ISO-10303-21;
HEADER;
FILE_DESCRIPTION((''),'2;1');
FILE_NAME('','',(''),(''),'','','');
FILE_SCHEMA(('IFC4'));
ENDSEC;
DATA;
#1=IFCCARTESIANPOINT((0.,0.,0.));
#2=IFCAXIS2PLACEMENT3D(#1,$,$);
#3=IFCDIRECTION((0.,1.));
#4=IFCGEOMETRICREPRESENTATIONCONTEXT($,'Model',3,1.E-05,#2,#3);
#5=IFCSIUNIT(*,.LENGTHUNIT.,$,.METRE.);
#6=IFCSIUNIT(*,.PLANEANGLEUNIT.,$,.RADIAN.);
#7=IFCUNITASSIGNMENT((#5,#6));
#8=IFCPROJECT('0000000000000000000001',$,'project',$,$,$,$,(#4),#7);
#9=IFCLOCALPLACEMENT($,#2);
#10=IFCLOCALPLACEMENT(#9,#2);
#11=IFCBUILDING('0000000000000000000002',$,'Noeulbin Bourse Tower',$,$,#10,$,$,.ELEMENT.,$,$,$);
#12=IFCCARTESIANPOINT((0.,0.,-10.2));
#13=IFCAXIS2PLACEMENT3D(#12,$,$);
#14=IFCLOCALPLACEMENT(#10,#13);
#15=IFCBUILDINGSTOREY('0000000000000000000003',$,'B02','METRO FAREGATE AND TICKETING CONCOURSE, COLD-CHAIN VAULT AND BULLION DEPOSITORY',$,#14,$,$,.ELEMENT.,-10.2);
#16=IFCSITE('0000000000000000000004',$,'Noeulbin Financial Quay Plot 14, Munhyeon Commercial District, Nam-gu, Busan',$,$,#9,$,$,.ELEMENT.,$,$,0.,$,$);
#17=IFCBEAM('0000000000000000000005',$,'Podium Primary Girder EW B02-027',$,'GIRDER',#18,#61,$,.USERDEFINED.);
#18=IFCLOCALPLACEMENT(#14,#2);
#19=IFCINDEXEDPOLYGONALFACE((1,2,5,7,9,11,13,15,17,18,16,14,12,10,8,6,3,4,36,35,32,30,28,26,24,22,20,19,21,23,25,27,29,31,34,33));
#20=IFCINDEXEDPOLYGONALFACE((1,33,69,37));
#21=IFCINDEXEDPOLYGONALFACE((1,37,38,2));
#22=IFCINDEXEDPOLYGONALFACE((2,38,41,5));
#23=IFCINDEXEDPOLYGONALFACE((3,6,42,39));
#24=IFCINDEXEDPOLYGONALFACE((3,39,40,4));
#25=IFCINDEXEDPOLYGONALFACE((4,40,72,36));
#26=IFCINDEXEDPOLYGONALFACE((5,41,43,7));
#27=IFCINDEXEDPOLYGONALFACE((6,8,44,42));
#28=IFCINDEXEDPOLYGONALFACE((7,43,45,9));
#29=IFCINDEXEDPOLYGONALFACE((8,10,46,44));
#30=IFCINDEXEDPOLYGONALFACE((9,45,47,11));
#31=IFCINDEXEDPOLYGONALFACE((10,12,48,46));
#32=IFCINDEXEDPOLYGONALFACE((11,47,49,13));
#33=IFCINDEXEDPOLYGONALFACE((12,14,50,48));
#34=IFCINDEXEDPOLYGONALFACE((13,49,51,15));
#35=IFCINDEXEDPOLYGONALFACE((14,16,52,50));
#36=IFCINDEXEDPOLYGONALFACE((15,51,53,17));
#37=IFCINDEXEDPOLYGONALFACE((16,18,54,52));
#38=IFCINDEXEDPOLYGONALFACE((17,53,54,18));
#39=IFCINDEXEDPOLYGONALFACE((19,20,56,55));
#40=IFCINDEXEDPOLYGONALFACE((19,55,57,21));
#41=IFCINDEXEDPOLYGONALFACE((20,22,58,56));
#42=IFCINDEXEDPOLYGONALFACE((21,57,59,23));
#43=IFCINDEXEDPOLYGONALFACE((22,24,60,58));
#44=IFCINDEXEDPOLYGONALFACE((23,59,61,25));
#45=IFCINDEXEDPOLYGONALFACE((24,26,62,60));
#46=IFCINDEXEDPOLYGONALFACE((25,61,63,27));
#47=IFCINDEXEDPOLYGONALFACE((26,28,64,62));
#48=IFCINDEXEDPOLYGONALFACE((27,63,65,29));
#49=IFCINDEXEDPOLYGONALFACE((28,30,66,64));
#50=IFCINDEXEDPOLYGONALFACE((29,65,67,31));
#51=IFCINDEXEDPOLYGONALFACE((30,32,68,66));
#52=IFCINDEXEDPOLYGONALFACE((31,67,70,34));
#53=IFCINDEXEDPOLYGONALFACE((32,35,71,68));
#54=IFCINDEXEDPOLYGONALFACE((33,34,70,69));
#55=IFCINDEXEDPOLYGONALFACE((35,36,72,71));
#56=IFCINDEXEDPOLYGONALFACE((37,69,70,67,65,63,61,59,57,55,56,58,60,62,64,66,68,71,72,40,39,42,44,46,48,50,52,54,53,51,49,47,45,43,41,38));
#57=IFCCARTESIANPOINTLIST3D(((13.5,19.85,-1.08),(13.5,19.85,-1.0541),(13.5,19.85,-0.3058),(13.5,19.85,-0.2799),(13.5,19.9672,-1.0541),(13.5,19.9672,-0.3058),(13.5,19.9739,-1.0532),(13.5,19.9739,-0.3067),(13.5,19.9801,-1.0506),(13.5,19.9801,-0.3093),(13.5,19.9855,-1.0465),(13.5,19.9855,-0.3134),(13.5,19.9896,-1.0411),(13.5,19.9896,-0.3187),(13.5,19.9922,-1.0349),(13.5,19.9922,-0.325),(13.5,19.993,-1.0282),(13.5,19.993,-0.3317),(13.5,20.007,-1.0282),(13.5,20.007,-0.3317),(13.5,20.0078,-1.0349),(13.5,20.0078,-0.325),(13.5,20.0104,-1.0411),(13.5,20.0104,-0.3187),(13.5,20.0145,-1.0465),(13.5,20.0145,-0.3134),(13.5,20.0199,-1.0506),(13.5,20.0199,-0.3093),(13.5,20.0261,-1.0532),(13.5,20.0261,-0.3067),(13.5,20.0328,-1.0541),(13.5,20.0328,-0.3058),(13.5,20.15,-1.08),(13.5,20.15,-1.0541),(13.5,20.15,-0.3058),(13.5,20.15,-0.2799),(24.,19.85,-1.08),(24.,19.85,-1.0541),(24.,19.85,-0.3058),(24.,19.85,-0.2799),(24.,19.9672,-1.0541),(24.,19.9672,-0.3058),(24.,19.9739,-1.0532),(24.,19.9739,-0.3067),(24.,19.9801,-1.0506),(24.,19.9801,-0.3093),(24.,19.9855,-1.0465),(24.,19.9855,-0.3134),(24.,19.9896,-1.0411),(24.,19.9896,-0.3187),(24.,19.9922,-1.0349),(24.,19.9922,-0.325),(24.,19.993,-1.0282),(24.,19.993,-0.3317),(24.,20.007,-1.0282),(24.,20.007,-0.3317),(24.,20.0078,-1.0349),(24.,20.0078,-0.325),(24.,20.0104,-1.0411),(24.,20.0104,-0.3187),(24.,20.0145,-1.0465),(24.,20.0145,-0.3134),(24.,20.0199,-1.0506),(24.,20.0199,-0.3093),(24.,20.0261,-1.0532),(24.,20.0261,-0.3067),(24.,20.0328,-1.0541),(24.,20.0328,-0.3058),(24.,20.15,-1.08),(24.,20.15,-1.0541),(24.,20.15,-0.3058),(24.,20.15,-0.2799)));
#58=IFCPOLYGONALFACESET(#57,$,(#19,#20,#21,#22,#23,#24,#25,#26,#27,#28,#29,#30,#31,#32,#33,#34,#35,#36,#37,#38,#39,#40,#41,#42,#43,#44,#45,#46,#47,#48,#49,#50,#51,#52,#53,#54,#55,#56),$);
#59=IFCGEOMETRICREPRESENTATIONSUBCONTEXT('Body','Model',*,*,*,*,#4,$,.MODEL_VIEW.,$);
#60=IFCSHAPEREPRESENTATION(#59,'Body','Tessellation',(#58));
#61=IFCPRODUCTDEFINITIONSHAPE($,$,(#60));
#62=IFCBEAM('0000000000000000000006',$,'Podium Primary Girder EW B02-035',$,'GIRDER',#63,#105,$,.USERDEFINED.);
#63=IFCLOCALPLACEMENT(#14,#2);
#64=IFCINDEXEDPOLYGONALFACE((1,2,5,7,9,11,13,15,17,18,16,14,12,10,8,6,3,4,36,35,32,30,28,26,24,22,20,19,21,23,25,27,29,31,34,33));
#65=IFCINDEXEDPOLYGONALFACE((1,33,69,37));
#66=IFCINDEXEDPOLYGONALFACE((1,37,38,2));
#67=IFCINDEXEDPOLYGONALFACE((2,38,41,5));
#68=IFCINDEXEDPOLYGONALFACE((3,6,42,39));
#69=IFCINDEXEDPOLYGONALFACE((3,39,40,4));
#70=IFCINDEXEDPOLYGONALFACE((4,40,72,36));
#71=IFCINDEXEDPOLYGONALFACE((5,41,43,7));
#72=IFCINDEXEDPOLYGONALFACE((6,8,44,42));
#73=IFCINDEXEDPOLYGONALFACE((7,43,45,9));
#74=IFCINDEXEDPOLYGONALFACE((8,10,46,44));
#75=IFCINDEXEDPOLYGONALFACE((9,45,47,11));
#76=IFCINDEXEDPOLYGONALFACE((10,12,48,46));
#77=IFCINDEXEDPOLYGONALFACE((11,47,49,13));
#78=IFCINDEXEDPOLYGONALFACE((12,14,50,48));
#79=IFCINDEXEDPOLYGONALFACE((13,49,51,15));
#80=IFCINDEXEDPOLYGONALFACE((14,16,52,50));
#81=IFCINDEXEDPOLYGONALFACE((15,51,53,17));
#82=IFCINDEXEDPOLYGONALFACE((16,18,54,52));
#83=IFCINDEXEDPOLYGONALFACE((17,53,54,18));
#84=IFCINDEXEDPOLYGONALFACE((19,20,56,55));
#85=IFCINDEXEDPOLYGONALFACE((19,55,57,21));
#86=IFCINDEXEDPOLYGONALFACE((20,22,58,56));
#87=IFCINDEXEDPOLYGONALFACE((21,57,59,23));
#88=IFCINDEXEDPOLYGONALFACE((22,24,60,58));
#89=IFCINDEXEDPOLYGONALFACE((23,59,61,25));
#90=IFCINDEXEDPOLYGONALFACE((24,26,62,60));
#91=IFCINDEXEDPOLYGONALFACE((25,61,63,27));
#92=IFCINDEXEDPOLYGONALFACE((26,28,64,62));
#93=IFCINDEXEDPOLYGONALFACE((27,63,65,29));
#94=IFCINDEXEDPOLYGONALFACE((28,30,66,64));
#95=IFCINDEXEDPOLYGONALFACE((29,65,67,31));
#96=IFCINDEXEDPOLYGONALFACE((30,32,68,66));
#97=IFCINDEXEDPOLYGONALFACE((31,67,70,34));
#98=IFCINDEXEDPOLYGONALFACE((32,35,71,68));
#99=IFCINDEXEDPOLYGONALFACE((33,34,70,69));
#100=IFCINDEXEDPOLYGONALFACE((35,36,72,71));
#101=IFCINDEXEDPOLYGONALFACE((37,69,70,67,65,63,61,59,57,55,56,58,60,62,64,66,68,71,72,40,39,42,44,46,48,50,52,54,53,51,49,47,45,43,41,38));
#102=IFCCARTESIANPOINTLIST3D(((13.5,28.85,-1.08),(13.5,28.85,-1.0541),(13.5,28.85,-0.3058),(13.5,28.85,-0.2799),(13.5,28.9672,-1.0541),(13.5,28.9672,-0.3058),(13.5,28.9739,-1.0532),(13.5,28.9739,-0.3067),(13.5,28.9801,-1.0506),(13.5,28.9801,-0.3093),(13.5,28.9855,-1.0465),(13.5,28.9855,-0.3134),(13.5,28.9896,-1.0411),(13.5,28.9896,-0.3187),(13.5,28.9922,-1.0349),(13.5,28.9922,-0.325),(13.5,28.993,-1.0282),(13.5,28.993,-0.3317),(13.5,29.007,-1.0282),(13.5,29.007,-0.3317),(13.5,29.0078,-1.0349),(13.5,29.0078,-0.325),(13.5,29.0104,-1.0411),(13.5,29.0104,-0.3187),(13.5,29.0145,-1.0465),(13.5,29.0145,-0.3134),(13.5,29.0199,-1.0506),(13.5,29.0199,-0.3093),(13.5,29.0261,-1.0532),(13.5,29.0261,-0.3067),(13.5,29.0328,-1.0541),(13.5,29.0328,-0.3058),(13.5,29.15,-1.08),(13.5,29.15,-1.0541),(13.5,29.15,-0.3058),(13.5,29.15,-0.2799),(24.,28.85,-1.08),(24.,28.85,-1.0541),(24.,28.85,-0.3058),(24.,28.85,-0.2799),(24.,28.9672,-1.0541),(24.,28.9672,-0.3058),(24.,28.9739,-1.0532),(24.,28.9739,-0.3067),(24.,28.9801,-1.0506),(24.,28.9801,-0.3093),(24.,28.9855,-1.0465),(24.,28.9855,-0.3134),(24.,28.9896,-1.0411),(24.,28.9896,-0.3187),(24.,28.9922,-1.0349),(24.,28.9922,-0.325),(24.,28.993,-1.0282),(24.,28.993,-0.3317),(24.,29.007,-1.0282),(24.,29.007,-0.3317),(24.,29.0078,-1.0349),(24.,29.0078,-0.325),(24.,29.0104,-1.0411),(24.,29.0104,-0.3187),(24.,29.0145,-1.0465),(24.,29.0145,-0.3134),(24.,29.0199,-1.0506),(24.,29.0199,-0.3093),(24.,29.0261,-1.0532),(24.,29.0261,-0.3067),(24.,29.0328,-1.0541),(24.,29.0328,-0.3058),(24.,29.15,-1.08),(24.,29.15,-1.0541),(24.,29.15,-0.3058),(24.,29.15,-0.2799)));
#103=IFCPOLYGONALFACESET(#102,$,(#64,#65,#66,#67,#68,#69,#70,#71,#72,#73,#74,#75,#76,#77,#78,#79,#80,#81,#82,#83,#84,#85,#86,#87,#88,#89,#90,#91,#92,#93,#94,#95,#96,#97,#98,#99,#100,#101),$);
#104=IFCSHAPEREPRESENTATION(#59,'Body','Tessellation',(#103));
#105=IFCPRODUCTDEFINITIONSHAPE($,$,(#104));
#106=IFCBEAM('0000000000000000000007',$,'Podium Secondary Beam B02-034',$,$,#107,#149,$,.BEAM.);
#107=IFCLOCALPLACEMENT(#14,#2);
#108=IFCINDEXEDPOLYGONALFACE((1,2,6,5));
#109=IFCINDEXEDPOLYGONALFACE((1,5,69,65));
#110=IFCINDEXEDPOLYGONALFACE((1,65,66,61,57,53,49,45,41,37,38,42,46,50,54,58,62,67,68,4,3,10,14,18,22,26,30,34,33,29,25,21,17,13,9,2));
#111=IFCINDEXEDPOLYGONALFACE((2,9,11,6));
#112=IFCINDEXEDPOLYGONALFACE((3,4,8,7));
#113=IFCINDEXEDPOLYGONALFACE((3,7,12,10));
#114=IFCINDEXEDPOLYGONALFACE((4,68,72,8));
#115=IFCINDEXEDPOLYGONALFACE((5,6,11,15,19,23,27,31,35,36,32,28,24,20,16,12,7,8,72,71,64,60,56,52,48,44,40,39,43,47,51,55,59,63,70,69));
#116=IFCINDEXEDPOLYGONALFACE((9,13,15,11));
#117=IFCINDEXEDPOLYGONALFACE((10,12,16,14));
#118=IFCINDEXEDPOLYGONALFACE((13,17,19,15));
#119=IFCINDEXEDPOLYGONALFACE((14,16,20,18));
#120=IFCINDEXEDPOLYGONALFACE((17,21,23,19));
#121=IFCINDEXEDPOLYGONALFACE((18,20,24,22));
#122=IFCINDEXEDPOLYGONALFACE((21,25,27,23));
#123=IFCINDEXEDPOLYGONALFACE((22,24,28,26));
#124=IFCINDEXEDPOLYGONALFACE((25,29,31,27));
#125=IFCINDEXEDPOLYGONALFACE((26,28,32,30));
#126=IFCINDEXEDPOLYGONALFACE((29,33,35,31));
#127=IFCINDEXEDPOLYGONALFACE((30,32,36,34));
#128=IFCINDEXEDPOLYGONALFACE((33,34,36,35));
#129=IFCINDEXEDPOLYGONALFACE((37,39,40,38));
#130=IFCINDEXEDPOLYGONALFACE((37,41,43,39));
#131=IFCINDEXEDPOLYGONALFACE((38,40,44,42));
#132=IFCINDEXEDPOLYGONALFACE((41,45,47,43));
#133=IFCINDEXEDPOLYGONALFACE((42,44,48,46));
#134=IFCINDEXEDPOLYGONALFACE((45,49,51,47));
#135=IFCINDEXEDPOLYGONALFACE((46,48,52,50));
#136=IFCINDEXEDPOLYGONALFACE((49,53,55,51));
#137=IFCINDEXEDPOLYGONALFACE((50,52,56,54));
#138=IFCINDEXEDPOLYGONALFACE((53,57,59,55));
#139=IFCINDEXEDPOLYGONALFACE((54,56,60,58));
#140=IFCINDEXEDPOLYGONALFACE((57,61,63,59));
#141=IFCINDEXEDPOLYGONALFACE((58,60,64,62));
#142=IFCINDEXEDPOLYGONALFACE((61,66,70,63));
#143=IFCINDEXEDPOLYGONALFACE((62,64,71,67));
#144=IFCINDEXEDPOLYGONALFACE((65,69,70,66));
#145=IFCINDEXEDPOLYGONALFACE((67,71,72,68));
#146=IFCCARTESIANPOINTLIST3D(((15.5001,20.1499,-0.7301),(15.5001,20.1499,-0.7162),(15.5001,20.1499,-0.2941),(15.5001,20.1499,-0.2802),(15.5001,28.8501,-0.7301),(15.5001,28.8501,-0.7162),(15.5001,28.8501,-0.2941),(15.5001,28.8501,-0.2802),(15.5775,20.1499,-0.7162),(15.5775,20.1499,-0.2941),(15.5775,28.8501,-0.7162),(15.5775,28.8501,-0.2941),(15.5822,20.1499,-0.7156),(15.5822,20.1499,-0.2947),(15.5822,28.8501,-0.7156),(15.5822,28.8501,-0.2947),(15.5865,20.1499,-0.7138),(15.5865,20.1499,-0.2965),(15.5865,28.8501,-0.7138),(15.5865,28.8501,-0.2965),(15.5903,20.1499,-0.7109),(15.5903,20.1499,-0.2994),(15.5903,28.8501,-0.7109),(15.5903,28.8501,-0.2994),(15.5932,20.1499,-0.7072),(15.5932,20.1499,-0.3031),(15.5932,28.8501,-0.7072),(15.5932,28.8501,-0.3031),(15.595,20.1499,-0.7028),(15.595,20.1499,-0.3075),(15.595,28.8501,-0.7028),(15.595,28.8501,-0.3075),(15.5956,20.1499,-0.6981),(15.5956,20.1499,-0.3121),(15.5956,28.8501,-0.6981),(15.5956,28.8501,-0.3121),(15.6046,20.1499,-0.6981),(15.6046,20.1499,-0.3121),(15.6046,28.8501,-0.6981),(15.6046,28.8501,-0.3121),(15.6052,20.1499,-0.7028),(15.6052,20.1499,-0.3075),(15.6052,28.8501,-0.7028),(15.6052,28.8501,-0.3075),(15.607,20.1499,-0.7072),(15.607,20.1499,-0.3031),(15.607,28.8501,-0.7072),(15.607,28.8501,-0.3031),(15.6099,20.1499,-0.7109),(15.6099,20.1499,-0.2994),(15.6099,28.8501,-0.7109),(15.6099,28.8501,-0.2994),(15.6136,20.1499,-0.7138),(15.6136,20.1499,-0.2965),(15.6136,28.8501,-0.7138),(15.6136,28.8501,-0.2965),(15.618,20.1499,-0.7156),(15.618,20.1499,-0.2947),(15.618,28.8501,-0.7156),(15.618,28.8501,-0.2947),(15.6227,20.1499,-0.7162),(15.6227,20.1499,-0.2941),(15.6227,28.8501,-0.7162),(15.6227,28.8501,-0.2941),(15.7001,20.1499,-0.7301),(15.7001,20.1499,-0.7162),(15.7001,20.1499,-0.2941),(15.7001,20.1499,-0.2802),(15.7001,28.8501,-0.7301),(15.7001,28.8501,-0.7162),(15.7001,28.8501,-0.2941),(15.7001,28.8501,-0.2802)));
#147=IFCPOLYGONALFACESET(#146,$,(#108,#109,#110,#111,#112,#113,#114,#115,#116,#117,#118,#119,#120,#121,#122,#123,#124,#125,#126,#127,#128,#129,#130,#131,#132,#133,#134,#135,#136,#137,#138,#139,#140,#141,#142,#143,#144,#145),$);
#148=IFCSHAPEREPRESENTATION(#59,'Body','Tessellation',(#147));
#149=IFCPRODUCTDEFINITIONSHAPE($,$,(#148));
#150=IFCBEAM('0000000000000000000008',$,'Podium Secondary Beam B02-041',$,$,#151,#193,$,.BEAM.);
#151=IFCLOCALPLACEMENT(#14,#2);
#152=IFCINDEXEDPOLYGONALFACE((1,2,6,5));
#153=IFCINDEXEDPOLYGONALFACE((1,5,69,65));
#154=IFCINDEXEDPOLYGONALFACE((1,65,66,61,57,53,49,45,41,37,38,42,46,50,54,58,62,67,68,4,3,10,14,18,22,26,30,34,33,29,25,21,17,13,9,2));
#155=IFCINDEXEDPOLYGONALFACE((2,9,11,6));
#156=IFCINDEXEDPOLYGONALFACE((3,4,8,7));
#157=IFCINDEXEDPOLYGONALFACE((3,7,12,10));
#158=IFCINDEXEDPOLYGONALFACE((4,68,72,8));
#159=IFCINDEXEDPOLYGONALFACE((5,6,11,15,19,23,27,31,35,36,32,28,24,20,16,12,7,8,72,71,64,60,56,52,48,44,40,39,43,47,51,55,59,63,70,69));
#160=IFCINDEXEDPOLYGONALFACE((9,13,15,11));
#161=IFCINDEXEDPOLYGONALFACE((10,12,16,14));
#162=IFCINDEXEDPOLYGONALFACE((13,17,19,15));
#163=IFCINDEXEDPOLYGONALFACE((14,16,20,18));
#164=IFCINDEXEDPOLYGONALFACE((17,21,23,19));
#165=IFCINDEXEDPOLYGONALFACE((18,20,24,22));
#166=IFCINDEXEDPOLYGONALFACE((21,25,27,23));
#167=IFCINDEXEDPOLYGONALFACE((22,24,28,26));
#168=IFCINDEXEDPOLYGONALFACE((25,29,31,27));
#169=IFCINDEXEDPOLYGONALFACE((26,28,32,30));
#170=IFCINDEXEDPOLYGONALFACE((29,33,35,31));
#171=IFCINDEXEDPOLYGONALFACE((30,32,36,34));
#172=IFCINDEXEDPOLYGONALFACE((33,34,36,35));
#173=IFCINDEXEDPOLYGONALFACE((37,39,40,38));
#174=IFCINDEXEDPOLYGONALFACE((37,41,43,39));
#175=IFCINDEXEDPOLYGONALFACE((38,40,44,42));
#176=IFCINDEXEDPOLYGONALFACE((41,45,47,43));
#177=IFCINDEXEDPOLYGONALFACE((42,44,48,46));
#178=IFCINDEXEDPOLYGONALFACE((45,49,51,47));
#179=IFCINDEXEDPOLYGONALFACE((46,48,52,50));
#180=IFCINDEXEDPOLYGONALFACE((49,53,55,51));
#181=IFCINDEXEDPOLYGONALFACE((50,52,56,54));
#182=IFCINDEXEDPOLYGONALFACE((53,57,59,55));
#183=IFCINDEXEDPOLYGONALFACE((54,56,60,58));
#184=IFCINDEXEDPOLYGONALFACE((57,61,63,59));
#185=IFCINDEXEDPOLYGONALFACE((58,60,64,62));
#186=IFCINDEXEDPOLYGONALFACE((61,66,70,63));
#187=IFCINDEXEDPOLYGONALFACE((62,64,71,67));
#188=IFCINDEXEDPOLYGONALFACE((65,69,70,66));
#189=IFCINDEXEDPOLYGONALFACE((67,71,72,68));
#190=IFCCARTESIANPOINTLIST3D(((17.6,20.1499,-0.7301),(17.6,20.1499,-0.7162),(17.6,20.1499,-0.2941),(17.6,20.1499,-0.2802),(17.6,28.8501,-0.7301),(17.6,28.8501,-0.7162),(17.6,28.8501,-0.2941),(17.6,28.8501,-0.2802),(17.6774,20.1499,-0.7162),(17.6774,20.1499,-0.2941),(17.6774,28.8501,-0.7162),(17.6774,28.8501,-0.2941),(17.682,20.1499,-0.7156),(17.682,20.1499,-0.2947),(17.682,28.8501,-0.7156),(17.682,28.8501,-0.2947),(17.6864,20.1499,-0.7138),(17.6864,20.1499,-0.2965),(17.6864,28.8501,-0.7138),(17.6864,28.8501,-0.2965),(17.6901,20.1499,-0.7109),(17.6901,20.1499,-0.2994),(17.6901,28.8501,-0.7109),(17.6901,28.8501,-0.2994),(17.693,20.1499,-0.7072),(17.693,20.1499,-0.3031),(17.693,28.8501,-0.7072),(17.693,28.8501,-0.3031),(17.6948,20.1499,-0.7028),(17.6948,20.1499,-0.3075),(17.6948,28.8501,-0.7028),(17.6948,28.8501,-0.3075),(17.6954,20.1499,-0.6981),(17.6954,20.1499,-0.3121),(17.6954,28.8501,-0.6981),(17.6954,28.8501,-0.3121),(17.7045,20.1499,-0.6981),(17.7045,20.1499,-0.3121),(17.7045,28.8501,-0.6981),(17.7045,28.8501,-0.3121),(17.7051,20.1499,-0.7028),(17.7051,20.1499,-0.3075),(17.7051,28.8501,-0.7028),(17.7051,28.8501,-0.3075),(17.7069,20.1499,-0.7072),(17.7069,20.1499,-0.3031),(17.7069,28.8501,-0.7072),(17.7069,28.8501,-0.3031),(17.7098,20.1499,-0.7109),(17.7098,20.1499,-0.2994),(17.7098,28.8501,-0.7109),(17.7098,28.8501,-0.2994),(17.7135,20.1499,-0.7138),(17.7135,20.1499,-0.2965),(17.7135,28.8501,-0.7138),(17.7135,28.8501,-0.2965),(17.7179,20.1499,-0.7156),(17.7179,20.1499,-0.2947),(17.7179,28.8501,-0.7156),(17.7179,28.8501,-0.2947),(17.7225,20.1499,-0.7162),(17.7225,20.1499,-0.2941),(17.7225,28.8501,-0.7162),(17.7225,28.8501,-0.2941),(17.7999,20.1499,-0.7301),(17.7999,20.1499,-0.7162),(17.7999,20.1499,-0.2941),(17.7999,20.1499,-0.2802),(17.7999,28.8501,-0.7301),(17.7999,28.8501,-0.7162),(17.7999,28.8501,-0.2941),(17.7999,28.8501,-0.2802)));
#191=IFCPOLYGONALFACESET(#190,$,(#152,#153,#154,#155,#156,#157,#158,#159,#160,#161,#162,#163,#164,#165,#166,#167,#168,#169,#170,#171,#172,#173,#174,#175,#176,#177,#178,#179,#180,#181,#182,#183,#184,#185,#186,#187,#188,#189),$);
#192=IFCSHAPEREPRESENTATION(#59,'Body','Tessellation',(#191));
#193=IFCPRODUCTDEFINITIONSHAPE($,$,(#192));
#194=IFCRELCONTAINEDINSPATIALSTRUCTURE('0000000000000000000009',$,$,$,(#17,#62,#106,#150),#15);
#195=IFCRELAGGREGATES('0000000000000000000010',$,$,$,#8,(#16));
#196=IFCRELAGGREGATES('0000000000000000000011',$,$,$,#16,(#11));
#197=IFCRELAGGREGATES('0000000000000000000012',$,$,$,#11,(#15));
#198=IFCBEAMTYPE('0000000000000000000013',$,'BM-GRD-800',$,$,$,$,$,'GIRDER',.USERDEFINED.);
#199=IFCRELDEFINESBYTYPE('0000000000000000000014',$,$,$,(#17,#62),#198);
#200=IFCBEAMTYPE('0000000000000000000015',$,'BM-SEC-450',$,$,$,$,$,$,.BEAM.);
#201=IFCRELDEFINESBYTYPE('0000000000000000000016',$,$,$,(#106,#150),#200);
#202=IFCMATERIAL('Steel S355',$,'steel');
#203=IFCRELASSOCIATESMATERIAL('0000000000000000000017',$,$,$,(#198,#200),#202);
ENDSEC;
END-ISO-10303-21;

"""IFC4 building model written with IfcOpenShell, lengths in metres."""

from ifc_helpers import new_model, si_unit, direction, frame, origin, origin_2d, place, context, subcontext, project, spatial, i_section, extrude, material, material_profile, profile_set, type_object, element, save


model = new_model("IFC4")

# Units and contexts
model_context = context("Model", 3, precision=1e-05, world=origin(), true_north=direction((0.0, 1.0)))
body_context = subcontext(model_context, "Body", "Model", "MODEL_VIEW")
ifc_project = project(units=[si_unit("LENGTHUNIT", "METRE"), si_unit("PLANEANGLEUNIT", "RADIAN")], contexts=[model_context])

# Site, building, storey
site_placement = place(None, origin())
site = spatial("IfcSite", under=ifc_project, at=site_placement, Name="Noeulbin Financial Quay Plot 14, Munhyeon Commercial District, Nam-gu, Busan", CompositionType="ELEMENT", RefElevation=0.0)
building_placement = place(site_placement, origin())
building = spatial("IfcBuilding", under=site, at=building_placement, Name="Noeulbin Bourse Tower", CompositionType="ELEMENT")
storey_placement = place(building_placement, frame((0.0, 0.0, -10.2)))
storey = spatial("IfcBuildingStorey", under=building, at=storey_placement, Name="B02", Description="METRO FAREGATE AND TICKETING CONCOURSE, COLD-CHAIN VAULT AND BULLION DEPOSITORY", CompositionType="ELEMENT", Elevation=-10.2)

# Beams
ifc_material_1 = material(Name="Steel S355", Category="steel")
ifc_material_profile_1 = material_profile(ifc_material_1, i_section(OverallWidth=0.3, OverallDepth=0.8, WebThickness=0.0139, FlangeThickness=0.0259, FilletRadius=0.0259, at=origin_2d()), Name="H-800x300x14x26", Category="LoadBearing")
ifc_profile_set_1 = profile_set([ifc_material_profile_1], Name="Steel S355")
beam_type_1 = type_object("IfcBeamType", Name="BM-GRD-800", ElementType="GIRDER", PredefinedType="USERDEFINED", material=ifc_profile_set_1)
for number, where, z_axis, x_axis, name in (
    (1, (13.5, 20.0, -0.6799), (1.0, 0.0, 0.0), (0.0, 1.0, 0.0), "Podium Primary Girder EW B02-027"),
    (2, (13.5, 29.0, -0.6799), (1.0, 0.0, 0.0), (0.0, 1.0, 0.0), "Podium Primary Girder EW B02-035"),
):
    element("IfcBeam", number, at=place(storey_placement, frame(where, z_axis=z_axis, x_axis=x_axis)), inside=storey, type_object=beam_type_1, Name=name, ObjectType="GIRDER", PredefinedType="USERDEFINED", context=body_context, shape_type="SweptSolid", body=[
        extrude(i_section(OverallWidth=0.3, OverallDepth=0.8, WebThickness=0.0139, FlangeThickness=0.0259, FilletRadius=0.0259, at=origin_2d()), origin(), (0.0, 0.0, 1.0), 10.5),
    ])
ifc_material_profile_2 = material_profile(ifc_material_1, i_section(OverallWidth=0.2, OverallDepth=0.45, WebThickness=0.009, FlangeThickness=0.0139, FilletRadius=0.0181, at=origin_2d()), Name="H-450x200x9x14", Category="LoadBearing")
ifc_profile_set_2 = profile_set([ifc_material_profile_2], Name="Steel S355")
beam_type_2 = type_object("IfcBeamType", Name="BM-SEC-450", PredefinedType="BEAM", material=ifc_profile_set_2)
for number, where, z_axis, x_axis, name in (
    (3, (15.6001, 20.1499, -0.5051), (0.0, 1.0, 0.0), (-1.0, 0.0, 0.0), "Podium Secondary Beam B02-034"),
    (4, (17.7, 20.1499, -0.5051), (0.0, 1.0, 0.0), (-1.0, 0.0, 0.0), "Podium Secondary Beam B02-041"),
):
    element("IfcBeam", number, at=place(storey_placement, frame(where, z_axis=z_axis, x_axis=x_axis)), inside=storey, type_object=beam_type_2, Name=name, PredefinedType="BEAM", context=body_context, shape_type="SweptSolid", body=[
        extrude(i_section(OverallWidth=0.2, OverallDepth=0.45, WebThickness=0.009, FlangeThickness=0.0139, FilletRadius=0.0181, at=origin_2d()), origin(), (0.0, 0.0, 1.0), 8.7002),
    ])

save(model, "model.ifc")
